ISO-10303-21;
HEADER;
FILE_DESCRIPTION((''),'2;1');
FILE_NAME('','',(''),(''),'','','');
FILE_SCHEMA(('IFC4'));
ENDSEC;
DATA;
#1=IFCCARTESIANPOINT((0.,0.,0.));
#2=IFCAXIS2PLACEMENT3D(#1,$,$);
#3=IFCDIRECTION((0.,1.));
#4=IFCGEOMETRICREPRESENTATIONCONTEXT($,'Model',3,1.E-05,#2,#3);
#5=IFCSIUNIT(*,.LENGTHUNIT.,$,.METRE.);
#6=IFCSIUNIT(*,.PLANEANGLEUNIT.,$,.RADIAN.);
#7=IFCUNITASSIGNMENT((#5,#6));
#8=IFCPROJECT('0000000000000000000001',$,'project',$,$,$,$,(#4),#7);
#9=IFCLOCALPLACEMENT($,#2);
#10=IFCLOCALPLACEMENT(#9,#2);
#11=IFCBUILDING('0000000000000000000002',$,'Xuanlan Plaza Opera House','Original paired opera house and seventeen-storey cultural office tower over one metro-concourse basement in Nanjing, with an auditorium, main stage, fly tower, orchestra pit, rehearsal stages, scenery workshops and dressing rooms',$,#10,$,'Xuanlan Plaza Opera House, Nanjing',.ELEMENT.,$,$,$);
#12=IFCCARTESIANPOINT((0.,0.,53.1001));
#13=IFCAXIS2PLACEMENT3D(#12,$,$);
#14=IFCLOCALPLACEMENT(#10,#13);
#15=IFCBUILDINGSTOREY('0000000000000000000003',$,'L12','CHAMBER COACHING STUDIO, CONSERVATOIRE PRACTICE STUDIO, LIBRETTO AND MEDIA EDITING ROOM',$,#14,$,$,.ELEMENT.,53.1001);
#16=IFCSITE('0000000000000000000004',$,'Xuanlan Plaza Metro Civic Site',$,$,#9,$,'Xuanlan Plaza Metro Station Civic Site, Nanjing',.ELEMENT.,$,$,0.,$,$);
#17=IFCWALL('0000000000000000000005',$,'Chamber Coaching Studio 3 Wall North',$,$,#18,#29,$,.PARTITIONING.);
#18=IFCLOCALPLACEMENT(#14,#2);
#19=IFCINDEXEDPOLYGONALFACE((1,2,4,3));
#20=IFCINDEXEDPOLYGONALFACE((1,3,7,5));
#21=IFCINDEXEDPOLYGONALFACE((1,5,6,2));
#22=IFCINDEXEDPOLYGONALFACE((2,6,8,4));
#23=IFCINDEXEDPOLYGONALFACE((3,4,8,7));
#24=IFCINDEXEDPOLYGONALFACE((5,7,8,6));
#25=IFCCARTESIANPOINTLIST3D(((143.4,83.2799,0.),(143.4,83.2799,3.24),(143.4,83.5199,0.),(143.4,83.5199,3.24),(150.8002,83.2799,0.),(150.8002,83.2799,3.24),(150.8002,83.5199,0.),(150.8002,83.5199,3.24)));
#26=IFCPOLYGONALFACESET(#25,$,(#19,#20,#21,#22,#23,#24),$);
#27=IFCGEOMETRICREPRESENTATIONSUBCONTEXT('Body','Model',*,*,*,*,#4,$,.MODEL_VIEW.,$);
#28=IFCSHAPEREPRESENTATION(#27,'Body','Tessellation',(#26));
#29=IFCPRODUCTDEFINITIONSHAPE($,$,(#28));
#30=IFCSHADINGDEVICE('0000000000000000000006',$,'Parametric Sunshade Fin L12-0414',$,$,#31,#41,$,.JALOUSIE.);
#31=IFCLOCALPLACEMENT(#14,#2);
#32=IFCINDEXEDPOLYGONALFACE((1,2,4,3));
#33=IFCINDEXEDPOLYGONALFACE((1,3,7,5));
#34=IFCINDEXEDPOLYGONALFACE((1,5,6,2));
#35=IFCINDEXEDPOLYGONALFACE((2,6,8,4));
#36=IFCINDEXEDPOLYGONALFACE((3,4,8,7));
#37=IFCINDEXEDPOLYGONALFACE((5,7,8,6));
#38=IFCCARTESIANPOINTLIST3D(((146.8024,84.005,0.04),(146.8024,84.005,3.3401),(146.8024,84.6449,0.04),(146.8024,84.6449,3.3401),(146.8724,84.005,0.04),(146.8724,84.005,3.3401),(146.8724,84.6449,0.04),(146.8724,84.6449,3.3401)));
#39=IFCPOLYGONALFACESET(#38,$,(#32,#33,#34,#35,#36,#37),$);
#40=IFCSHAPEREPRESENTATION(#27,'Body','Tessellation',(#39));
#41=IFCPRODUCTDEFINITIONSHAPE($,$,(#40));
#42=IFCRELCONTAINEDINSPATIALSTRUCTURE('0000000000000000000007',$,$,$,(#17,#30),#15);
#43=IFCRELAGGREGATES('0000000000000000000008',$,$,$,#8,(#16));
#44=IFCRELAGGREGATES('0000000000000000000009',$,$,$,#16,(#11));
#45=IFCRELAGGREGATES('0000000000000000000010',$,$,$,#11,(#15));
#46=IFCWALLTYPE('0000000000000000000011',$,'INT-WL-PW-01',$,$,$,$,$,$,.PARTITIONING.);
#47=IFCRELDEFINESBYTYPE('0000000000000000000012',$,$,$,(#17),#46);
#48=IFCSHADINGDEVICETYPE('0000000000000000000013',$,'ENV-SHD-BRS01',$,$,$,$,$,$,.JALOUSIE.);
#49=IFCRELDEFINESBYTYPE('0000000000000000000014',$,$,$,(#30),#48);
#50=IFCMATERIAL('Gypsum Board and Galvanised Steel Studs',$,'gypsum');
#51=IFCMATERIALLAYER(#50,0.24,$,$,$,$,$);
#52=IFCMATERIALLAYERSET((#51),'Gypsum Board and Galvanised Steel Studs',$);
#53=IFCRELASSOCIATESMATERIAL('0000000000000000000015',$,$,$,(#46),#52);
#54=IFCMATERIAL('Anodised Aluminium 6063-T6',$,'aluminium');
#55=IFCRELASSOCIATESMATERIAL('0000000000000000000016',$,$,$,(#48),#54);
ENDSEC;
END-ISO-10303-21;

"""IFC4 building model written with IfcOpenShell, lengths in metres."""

from ifc_helpers import new_model, si_unit, direction, frame, frame_2d, origin, origin_2d, place, context, subcontext, project, spatial, rectangle, extrude, material, layer, layer_set, type_object, element, save


model = new_model("IFC4")

# Units and contexts
model_context = context("Model", 3, precision=1e-05, world=origin(), true_north=direction((0.0, 1.0)))
body_context = subcontext(model_context, "Body", "Model", "MODEL_VIEW")
ifc_project = project(units=[si_unit("LENGTHUNIT", "METRE"), si_unit("PLANEANGLEUNIT", "RADIAN")], contexts=[model_context])

# Site, building, storey
site_placement = place(None, origin())
site = spatial("IfcSite", under=ifc_project, at=site_placement, Name="Xuanlan Plaza Metro Civic Site", LongName="Xuanlan Plaza Metro Station Civic Site, Nanjing", CompositionType="ELEMENT", RefElevation=0.0)
building_placement = place(site_placement, origin())
building = spatial("IfcBuilding", under=site, at=building_placement, Name="Xuanlan Plaza Opera House", Description="Original paired opera house and seventeen-storey cultural office tower over one metro-concourse basement in Nanjing, with an auditorium, main stage, fly tower, orchestra pit, rehearsal stages, scenery workshops and dressing rooms", LongName="Xuanlan Plaza Opera House, Nanjing", CompositionType="ELEMENT")
storey_placement = place(building_placement, frame((0.0, 0.0, 53.1001)))
storey = spatial("IfcBuildingStorey", under=building, at=storey_placement, Name="L12", Description="CHAMBER COACHING STUDIO, CONSERVATOIRE PRACTICE STUDIO, LIBRETTO AND MEDIA EDITING ROOM", CompositionType="ELEMENT", Elevation=53.1001)

# Shared definitions
ifc_material_1 = material(Name="Anodised Aluminium 6063-T6", Category="aluminium")

# Wall
ifc_material_2 = material(Name="Gypsum Board and Galvanised Steel Studs", Category="gypsum")
ifc_layer_1 = layer(ifc_material_2, 0.24)
ifc_layer_set_1 = layer_set([ifc_layer_1], Name="Gypsum Board and Galvanised Steel Studs")
wall_type = type_object("IfcWallType", Name="INT-WL-PW-01", PredefinedType="PARTITIONING", material=ifc_layer_set_1)
wall_placement = place(storey_placement, frame((143.3999, 83.3999, 0.0), z_axis=(0.0, 0.0, 1.0), x_axis=(1.0, 0.0, 0.0)))
element("IfcWall", 1, at=wall_placement, inside=storey, type_object=wall_type, Name="Chamber Coaching Studio 3 Wall North", PredefinedType="PARTITIONING", context=body_context, shape_type="SweptSolid", body=[
    extrude(rectangle(XDim=7.4001, YDim=0.24, at=frame_2d((3.7002, 0.0))), origin(), (0.0, 0.0, 1.0), 3.24),
])

# Shading device
shading_device_type = type_object("IfcShadingDeviceType", Name="ENV-SHD-BRS01", PredefinedType="JALOUSIE", material=ifc_material_1)
shading_device_placement = place(storey_placement, frame((146.8374, 84.325, 0.04), z_axis=(0.0, 0.0, 1.0), x_axis=(0.0, 1.0, 0.0)))
element("IfcShadingDevice", 2, at=shading_device_placement, inside=storey, type_object=shading_device_type, Name="Parametric Sunshade Fin L12-0414", PredefinedType="JALOUSIE", context=body_context, shape_type="SweptSolid", body=[
    extrude(rectangle(XDim=0.6399, YDim=0.0701, at=origin_2d()), origin(), (0.0, 0.0, 1.0), 3.3),
])

save(model, "model.ifc")
